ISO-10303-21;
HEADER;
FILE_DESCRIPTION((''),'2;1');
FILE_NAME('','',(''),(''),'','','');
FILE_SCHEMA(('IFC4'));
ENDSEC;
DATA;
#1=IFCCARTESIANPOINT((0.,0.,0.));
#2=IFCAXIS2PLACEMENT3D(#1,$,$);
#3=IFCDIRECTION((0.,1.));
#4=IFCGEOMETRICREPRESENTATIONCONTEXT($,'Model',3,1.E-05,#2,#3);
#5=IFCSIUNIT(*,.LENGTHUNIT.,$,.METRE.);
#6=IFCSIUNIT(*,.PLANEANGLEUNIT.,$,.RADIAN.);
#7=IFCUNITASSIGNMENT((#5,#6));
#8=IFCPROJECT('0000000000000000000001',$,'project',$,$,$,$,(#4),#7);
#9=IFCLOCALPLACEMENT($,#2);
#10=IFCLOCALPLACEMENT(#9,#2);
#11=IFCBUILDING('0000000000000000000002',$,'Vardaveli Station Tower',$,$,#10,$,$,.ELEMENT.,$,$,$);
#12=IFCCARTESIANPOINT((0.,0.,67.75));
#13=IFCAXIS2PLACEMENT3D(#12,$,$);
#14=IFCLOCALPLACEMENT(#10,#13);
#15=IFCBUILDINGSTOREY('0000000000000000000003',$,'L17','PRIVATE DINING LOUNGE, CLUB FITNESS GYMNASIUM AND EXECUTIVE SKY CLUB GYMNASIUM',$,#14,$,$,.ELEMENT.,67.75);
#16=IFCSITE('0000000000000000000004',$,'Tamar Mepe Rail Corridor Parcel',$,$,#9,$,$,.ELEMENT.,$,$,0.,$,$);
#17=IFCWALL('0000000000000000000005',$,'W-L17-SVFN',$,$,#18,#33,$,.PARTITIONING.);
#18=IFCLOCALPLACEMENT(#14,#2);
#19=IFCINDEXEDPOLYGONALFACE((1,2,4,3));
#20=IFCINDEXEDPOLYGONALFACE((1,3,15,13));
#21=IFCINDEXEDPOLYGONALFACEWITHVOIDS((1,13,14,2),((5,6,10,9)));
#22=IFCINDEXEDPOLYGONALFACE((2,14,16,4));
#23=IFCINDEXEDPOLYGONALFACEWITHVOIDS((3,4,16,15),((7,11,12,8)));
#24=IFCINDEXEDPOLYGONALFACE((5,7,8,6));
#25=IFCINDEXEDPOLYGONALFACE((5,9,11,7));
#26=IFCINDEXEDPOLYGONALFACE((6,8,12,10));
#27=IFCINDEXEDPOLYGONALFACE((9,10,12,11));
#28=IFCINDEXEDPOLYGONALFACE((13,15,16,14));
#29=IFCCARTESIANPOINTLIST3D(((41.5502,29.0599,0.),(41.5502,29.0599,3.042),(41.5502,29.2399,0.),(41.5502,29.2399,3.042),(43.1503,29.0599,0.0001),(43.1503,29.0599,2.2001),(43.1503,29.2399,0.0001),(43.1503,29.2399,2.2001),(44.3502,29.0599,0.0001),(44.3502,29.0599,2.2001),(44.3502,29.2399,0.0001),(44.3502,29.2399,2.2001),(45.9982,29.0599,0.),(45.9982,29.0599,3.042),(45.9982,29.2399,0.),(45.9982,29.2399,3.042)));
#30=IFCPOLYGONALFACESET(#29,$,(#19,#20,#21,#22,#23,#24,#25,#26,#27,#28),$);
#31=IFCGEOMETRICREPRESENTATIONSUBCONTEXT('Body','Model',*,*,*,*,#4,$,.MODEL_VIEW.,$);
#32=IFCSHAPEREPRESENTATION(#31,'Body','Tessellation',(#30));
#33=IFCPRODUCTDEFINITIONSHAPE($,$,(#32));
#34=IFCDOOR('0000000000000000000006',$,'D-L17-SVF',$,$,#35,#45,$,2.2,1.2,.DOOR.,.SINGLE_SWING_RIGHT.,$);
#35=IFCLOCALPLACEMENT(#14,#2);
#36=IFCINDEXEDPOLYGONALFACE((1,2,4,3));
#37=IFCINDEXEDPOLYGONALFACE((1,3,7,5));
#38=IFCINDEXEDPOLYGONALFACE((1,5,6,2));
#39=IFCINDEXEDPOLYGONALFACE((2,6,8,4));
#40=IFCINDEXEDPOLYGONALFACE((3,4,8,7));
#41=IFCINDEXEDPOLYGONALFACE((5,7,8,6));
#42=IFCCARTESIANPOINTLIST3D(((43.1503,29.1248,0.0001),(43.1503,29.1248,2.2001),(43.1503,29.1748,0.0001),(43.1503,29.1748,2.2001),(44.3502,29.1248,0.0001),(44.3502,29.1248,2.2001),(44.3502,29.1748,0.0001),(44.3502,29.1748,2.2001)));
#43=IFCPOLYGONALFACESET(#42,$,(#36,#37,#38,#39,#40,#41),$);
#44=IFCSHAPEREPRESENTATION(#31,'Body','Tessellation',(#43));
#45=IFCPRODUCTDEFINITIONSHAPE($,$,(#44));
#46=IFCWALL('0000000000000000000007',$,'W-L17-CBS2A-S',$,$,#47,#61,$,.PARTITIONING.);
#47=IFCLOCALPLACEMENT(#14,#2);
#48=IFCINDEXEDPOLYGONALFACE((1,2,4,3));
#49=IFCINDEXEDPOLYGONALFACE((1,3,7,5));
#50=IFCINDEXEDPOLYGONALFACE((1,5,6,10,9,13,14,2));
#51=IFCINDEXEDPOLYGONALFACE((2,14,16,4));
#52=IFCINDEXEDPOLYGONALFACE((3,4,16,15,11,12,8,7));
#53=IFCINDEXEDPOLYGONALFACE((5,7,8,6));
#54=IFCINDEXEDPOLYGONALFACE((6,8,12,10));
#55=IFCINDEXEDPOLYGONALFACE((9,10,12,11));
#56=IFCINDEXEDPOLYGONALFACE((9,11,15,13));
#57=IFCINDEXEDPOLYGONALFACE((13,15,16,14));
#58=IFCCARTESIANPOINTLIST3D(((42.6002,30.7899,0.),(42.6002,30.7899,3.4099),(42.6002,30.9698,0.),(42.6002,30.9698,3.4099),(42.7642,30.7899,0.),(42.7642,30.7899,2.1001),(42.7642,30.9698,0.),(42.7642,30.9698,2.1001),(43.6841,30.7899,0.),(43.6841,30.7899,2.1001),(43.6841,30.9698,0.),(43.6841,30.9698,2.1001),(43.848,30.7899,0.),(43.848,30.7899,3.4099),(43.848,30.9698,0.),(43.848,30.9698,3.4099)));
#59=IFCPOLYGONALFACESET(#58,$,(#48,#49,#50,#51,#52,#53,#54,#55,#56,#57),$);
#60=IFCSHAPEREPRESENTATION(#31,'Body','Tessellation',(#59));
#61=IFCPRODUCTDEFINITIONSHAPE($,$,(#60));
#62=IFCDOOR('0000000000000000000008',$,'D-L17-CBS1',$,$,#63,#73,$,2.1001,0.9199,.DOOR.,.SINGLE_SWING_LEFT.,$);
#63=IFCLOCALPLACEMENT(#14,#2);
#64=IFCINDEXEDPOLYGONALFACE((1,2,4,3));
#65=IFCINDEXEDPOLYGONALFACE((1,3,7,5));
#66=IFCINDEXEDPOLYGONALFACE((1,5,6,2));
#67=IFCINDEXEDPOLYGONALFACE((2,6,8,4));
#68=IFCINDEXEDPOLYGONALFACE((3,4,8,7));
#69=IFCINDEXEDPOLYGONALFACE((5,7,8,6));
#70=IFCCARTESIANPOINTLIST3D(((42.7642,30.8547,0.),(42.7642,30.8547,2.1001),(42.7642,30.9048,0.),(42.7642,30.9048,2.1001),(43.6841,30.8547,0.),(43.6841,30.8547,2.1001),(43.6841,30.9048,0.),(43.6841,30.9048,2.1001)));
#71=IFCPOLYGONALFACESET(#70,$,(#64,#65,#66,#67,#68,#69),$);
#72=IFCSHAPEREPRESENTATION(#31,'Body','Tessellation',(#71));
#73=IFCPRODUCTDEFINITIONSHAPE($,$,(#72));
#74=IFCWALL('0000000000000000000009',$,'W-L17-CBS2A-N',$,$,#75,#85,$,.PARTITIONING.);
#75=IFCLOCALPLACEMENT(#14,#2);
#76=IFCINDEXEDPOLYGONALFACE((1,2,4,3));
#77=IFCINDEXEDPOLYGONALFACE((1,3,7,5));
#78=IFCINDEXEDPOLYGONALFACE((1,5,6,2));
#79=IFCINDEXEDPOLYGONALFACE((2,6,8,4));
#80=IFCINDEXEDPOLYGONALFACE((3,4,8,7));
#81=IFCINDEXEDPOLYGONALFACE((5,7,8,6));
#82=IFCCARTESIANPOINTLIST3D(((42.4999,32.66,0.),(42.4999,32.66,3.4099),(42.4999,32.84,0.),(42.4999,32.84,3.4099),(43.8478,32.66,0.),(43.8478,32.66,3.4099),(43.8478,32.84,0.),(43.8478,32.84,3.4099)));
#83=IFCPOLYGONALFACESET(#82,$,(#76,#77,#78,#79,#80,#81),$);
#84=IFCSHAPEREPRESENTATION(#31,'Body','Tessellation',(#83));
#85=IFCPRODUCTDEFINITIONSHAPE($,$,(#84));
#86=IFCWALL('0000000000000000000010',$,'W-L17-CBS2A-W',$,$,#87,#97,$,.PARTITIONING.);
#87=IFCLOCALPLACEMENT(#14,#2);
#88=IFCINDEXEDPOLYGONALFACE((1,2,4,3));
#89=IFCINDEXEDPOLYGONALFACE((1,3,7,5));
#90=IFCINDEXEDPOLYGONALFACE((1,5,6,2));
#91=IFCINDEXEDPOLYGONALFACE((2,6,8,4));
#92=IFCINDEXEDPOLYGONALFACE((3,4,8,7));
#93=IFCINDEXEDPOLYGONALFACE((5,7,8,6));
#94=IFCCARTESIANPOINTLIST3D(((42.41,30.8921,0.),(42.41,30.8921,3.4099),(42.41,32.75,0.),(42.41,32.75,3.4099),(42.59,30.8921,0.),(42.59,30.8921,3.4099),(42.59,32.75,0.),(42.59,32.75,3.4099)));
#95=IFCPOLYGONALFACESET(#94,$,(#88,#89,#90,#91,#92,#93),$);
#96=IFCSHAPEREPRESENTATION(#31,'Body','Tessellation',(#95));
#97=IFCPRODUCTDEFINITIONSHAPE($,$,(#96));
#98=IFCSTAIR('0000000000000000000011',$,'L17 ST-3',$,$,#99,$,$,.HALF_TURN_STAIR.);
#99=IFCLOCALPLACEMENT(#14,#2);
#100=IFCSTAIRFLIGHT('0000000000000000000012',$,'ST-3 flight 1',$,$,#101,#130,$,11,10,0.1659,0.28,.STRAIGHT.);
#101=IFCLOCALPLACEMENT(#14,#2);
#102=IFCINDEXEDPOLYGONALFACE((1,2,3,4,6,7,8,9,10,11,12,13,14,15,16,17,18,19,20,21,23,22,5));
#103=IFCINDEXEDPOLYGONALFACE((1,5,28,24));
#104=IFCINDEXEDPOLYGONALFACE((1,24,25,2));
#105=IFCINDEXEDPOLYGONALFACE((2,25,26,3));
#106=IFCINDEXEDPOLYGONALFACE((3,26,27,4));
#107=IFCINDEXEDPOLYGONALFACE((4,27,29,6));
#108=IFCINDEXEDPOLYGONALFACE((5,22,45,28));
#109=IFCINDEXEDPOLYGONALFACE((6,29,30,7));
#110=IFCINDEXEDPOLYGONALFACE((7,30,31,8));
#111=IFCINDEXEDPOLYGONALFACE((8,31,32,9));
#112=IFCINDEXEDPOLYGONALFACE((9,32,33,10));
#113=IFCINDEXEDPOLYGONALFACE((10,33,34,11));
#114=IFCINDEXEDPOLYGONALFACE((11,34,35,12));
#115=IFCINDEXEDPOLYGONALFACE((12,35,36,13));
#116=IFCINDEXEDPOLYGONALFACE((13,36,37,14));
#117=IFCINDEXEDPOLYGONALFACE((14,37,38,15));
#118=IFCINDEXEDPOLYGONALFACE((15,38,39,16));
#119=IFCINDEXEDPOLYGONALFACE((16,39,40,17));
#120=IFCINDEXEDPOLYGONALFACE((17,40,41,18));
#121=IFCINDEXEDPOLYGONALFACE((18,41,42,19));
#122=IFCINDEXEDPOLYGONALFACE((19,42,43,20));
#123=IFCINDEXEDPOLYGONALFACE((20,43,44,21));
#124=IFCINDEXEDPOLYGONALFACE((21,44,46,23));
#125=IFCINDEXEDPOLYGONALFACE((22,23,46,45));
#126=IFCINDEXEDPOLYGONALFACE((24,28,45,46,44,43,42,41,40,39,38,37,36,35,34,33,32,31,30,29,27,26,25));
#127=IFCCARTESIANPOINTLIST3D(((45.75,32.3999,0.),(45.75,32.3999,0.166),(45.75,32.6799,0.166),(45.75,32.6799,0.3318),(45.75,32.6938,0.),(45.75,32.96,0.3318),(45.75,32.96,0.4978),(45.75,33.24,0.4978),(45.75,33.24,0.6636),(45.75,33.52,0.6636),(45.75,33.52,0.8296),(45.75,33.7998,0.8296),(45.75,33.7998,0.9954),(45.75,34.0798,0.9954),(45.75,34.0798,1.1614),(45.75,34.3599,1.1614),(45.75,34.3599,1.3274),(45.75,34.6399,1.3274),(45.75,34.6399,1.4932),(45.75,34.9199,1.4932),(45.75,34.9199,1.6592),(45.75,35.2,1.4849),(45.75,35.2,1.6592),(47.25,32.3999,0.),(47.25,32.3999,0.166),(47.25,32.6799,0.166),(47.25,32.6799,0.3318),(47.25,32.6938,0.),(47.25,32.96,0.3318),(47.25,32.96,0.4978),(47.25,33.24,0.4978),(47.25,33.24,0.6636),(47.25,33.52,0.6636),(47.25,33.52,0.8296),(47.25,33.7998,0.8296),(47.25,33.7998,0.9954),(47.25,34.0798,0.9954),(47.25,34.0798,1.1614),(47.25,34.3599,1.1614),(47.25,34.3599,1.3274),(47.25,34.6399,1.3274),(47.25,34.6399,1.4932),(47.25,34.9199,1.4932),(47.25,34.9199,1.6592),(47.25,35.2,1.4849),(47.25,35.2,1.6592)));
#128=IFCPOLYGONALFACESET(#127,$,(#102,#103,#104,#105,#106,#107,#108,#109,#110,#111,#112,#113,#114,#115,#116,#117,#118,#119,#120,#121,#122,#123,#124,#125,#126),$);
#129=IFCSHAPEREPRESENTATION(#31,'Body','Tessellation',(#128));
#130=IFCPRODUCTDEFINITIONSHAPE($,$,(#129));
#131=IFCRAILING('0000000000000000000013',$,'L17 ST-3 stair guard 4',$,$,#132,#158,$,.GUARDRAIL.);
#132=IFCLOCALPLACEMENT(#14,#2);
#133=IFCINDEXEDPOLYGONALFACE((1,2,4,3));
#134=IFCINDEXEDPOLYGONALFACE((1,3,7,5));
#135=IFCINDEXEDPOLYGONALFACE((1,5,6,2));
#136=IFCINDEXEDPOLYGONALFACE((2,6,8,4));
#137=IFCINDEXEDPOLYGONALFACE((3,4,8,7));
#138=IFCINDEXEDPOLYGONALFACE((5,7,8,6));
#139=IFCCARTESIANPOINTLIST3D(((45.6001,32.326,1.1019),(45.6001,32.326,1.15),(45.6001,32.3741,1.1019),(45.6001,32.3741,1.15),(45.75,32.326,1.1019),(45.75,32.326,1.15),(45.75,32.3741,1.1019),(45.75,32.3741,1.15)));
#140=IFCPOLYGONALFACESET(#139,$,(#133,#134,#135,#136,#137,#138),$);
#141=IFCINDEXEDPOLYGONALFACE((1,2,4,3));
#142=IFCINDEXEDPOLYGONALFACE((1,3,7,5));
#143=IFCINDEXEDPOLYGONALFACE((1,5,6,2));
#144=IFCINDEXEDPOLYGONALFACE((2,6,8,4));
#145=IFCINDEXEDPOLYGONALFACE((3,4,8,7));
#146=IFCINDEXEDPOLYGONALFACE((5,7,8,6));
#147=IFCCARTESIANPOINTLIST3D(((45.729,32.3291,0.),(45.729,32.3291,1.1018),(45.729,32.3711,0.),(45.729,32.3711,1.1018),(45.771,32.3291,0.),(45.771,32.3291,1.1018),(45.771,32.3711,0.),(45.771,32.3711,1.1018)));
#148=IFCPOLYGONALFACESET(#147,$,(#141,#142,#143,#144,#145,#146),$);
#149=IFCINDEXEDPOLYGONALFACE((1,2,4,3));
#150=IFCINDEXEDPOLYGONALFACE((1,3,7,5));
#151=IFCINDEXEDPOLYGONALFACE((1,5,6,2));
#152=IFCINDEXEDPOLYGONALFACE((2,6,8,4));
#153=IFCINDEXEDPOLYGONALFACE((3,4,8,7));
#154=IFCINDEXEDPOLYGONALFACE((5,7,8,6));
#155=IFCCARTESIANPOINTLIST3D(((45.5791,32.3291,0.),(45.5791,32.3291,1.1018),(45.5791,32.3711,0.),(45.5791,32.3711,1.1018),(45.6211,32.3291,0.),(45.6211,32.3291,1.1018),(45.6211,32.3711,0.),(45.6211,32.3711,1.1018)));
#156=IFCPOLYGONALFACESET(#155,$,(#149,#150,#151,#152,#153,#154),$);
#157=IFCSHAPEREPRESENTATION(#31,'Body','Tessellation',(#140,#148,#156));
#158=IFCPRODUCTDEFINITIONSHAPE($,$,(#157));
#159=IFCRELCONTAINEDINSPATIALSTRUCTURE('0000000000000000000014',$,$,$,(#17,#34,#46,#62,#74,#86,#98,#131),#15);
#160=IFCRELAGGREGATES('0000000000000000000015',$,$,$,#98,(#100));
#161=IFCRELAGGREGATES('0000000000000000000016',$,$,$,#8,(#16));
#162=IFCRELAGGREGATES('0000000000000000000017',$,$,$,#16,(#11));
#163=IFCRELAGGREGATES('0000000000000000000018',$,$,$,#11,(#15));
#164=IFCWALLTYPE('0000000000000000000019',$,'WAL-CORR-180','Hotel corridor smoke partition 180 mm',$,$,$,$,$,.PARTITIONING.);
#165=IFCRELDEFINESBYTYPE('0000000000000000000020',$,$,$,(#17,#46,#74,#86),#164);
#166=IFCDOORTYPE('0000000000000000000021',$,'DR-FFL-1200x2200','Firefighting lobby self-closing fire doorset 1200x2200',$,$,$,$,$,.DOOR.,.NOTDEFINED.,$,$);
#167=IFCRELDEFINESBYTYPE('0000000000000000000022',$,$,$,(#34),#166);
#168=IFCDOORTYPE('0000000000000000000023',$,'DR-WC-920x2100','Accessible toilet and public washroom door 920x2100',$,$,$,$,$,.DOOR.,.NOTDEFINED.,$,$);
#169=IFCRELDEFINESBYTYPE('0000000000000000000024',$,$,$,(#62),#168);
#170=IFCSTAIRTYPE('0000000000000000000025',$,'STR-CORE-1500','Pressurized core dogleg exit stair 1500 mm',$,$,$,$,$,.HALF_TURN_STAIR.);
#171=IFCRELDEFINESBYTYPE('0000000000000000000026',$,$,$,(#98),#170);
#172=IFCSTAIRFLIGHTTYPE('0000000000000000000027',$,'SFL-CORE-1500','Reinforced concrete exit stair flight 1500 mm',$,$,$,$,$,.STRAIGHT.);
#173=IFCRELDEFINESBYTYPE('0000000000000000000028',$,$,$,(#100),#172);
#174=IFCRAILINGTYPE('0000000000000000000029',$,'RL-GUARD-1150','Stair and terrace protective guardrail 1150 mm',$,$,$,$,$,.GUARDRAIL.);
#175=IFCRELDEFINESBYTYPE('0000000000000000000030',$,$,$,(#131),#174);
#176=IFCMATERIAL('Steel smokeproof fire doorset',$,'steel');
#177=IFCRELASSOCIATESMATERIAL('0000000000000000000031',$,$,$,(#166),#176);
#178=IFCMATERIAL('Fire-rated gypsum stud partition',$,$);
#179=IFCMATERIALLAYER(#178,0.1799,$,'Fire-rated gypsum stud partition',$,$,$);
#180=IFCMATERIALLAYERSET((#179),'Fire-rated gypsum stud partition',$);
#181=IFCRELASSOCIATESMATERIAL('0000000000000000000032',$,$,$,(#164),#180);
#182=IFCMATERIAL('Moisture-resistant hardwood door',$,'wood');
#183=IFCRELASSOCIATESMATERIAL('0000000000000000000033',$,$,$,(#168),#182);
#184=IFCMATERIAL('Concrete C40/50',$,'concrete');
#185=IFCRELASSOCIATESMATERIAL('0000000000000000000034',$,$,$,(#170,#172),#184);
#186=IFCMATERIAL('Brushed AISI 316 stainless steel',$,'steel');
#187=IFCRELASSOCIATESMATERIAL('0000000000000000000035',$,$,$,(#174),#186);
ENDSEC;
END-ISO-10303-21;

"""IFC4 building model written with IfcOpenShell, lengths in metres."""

from ifc_helpers import new_model, si_unit, direction, frame, frame_2d, origin, origin_2d, place, context, subcontext, project, spatial, polyline, rectangle, outline, extrude, source, transform, mapped, material, layer, layer_set, type_object, element, fill, aggregate, save


model = new_model("IFC4")

# Units and contexts
model_context = context("Model", 3, precision=1e-05, world=origin(), true_north=direction((0.0, 1.0)))
body_context = subcontext(model_context, "Body", "Model", "MODEL_VIEW")
ifc_project = project(units=[si_unit("LENGTHUNIT", "METRE"), si_unit("PLANEANGLEUNIT", "RADIAN")], contexts=[model_context])

# Site, building, storey
site_placement = place(None, origin())
site = spatial("IfcSite", under=ifc_project, at=site_placement, Name="Tamar Mepe Rail Corridor Parcel", CompositionType="ELEMENT", RefElevation=0.0)
building_placement = place(site_placement, origin())
building = spatial("IfcBuilding", under=site, at=building_placement, Name="Vardaveli Station Tower", CompositionType="ELEMENT")
storey_placement = place(building_placement, frame((0.0, 0.0, 67.75)))
storey = spatial("IfcBuildingStorey", under=building, at=storey_placement, Name="L17", Description="PRIVATE DINING LOUNGE, CLUB FITNESS GYMNASIUM AND EXECUTIVE SKY CLUB GYMNASIUM", CompositionType="ELEMENT", Elevation=67.75)

# Shared definitions
ifc_material_1 = material(Name="Concrete C40/50", Category="concrete")

# Walls, openings, doors
ifc_material_2 = material(Name="Steel smokeproof fire doorset", Category="steel")
door_type_1 = type_object("IfcDoorType", Name="DR-FFL-1200x2200", Description="Firefighting lobby self-closing fire doorset 1200x2200", OperationType="NOTDEFINED", PredefinedType="DOOR", material=ifc_material_2)
shared_shape_1 = source(origin(), body_context, "Body", "SweptSolid", [
    extrude(rectangle(XDim=1.2, YDim=2.2, at=frame_2d((0.6001, 1.1001))), frame((0.0, 0.0249, 0.0), z_axis=(0.0, -1.0, 0.0), x_axis=(1.0, 0.0, 0.0)), (0.0, 0.0, 1.0), 0.05),
])
ifc_material_3 = material(Name="Fire-rated gypsum stud partition")
ifc_layer_1 = layer(ifc_material_3, 0.1799, Name="Fire-rated gypsum stud partition")
ifc_layer_set_1 = layer_set([ifc_layer_1], Name="Fire-rated gypsum stud partition")
wall_type_1 = type_object("IfcWallType", Name="WAL-CORR-180", Description="Hotel corridor smoke partition 180 mm", PredefinedType="PARTITIONING", material=ifc_layer_set_1)
shared_shape_2 = source(origin(), body_context, "Body", "SweptSolid", [
    extrude(rectangle(XDim=4.448, YDim=0.1799, at=frame_2d((2.2241, 0.0))), origin(), (0.0, 0.0, 1.0), 3.042),
])
wall_1_placement = place(storey_placement, frame((41.55, 29.1499, 0.0), z_axis=(0.0, 0.0, 1.0), x_axis=(1.0, 0.0, 0.0)))
wall_1 = element("IfcWall", 1, at=wall_1_placement, inside=storey, type_object=wall_type_1, Name="W-L17-SVFN", PredefinedType="PARTITIONING", context=body_context, shape_type="MappedRepresentation", body=[
    mapped(shared_shape_2, transform((0.0, 0.0, 0.0), scale=1.0)),
])
shared_shape_3 = source(origin(), body_context, "Body", "SweptSolid", [
    extrude(rectangle(XDim=1.2, YDim=2.2, at=frame_2d((0.6001, 1.1001))), frame((0.0, 0.1001, 0.0), z_axis=(0.0, -1.0, 0.0), x_axis=(1.0, 0.0, 0.0)), (0.0, 0.0, 1.0), 0.2),
])
opening_1_placement = place(wall_1_placement, frame((1.6001, 0.0, 0.0)))
opening_1 = element("IfcOpeningElement", 2, at=opening_1_placement, cuts=wall_1, PredefinedType="OPENING", context=body_context, shape_type="MappedRepresentation", body=[
    mapped(shared_shape_3, transform((0.0, 0.0, 0.0), scale=1.0)),
])
door_1_placement = place(opening_1_placement, origin())
door_1 = element("IfcDoor", 3, at=door_1_placement, inside=storey, type_object=door_type_1, Name="D-L17-SVF", OperationType="SINGLE_SWING_RIGHT", OverallHeight=2.2, OverallWidth=1.2, PredefinedType="DOOR", context=body_context, shape_type="MappedRepresentation", body=[
    mapped(shared_shape_1, transform((0.0, 0.0, 0.0), scale=1.0)),
])
fill(opening_1, door_1)
shared_shape_4 = source(origin(), body_context, "Body", "SweptSolid", [
    extrude(rectangle(XDim=1.2478, YDim=0.1799, at=frame_2d((0.624, 0.0))), origin(), (0.0, 0.0, 1.0), 3.4099),
])
wall_2_placement = place(storey_placement, frame((42.6001, 30.8799, 0.0), z_axis=(0.0, 0.0, 1.0), x_axis=(1.0, 0.0, 0.0)))
wall_2 = element("IfcWall", 4, at=wall_2_placement, inside=storey, type_object=wall_type_1, Name="W-L17-CBS2A-S", PredefinedType="PARTITIONING", context=body_context, shape_type="MappedRepresentation", body=[
    mapped(shared_shape_4, transform((0.0, 0.0, 0.0), scale=1.0)),
])
shared_shape_5 = source(origin(), body_context, "Body", "SweptSolid", [
    extrude(rectangle(XDim=0.9199, YDim=2.1001, at=frame_2d((0.46, 1.05))), frame((0.0, 0.1001, 0.0), z_axis=(0.0, -1.0, 0.0), x_axis=(1.0, 0.0, 0.0)), (0.0, 0.0, 1.0), 0.2),
])
opening_2_placement = place(wall_2_placement, frame((0.1641, 0.0, 0.0)))
opening_2 = element("IfcOpeningElement", 5, at=opening_2_placement, cuts=wall_2, PredefinedType="OPENING", context=body_context, shape_type="MappedRepresentation", body=[
    mapped(shared_shape_5, transform((0.0, 0.0, 0.0), scale=1.0)),
])
ifc_material_4 = material(Name="Moisture-resistant hardwood door", Category="wood")
door_type_2 = type_object("IfcDoorType", Name="DR-WC-920x2100", Description="Accessible toilet and public washroom door 920x2100", OperationType="NOTDEFINED", PredefinedType="DOOR", material=ifc_material_4)
shared_shape_6 = source(origin(), body_context, "Body", "SweptSolid", [
    extrude(rectangle(XDim=0.9199, YDim=2.1001, at=frame_2d((0.46, 1.05))), frame((0.0, 0.0249, 0.0), z_axis=(0.0, -1.0, 0.0), x_axis=(1.0, 0.0, 0.0)), (0.0, 0.0, 1.0), 0.05),
])
door_2_placement = place(opening_2_placement, origin())
door_2 = element("IfcDoor", 6, at=door_2_placement, inside=storey, type_object=door_type_2, Name="D-L17-CBS1", OperationType="SINGLE_SWING_LEFT", OverallHeight=2.1001, OverallWidth=0.9199, PredefinedType="DOOR", context=body_context, shape_type="MappedRepresentation", body=[
    mapped(shared_shape_6, transform((0.0, 0.0, 0.0), scale=1.0)),
])
fill(opening_2, door_2)

# Walls
shared_shape_7 = source(origin(), body_context, "Body", "SweptSolid", [
    extrude(rectangle(XDim=1.3479, YDim=0.1799, at=frame_2d((0.6738, 0.0))), origin(), (0.0, 0.0, 1.0), 3.4099),
])
wall_3_placement = place(storey_placement, frame((42.5, 32.75, 0.0), z_axis=(0.0, 0.0, 1.0), x_axis=(1.0, 0.0, 0.0)))
element("IfcWall", 7, at=wall_3_placement, inside=storey, type_object=wall_type_1, Name="W-L17-CBS2A-N", PredefinedType="PARTITIONING", context=body_context, shape_type="MappedRepresentation", body=[
    mapped(shared_shape_7, transform((0.0, 0.0, 0.0), scale=1.0)),
])
shared_shape_8 = source(origin(), body_context, "Body", "SweptSolid", [
    extrude(rectangle(XDim=1.8579, YDim=0.1799, at=frame_2d((0.929, 0.0))), origin(), (0.0, 0.0, 1.0), 3.4099),
])
wall_4_placement = place(storey_placement, frame((42.5, 30.8921, 0.0), z_axis=(0.0, 0.0, 1.0), x_axis=(0.0, 1.0, 0.0)))
element("IfcWall", 8, at=wall_4_placement, inside=storey, type_object=wall_type_1, Name="W-L17-CBS2A-W", PredefinedType="PARTITIONING", context=body_context, shape_type="MappedRepresentation", body=[
    mapped(shared_shape_8, transform((0.0, 0.0, 0.0), scale=1.0)),
])

# Stair, stair flight
stair_type = type_object("IfcStairType", Name="STR-CORE-1500", Description="Pressurized core dogleg exit stair 1500 mm", PredefinedType="HALF_TURN_STAIR", material=ifc_material_1)
stair_placement = place(storey_placement, origin())
stair = element("IfcStair", 9, at=stair_placement, inside=storey, type_object=stair_type, Name="L17 ST-3", PredefinedType="HALF_TURN_STAIR")
stair_flight_type = type_object("IfcStairFlightType", Name="SFL-CORE-1500", Description="Reinforced concrete exit stair flight 1500 mm", PredefinedType="STRAIGHT", material=ifc_material_1)
shared_shape_9 = source(origin(), body_context, "Body", "SweptSolid", [
    extrude(outline(polyline([(0.0, 0.0), (0.0, 0.166), (0.28, 0.166), (0.28, 0.3318), (0.5601, 0.3318), (0.5601, 0.4978), (0.8401, 0.4978), (0.8401, 0.6636), (1.1201, 0.6636), (1.1201, 0.8296), (1.3999, 0.8296), (1.3999, 0.9954), (1.6799, 0.9954), (1.6799, 1.1614), (1.96, 1.1614), (1.96, 1.3274), (2.24, 1.3274), (2.24, 1.4932), (2.52, 1.4932), (2.52, 1.6592), (2.8, 1.6592), (2.8, 1.825), (2.8, 1.4849), (0.2939, 0.0), (0.0, 0.0)])), frame((0.0, 0.75, 0.0), z_axis=(0.0, -1.0, 0.0), x_axis=(1.0, 0.0, 0.0)), (0.0, 0.0, 1.0), 1.5),
])
stair_flight_placement = place(storey_placement, frame((46.5, 32.3999, 0.0), z_axis=(0.0, 0.0, 1.0), x_axis=(0.0, 1.0, 0.0)))
stair_flight = element("IfcStairFlight", 10, at=stair_flight_placement, type_object=stair_flight_type, Name="ST-3 flight 1", NumberOfRisers=11, NumberOfTreads=10, PredefinedType="STRAIGHT", RiserHeight=0.1659, TreadLength=0.28, context=body_context, shape_type="MappedRepresentation", body=[
    mapped(shared_shape_9, transform((0.0, 0.0, 0.0), scale=1.0)),
])
aggregate(stair, [stair_flight])

# Railing
ifc_material_5 = material(Name="Brushed AISI 316 stainless steel", Category="steel")
railing_type_1 = type_object("IfcRailingType", Name="RL-GUARD-1150", Description="Stair and terrace protective guardrail 1150 mm", PredefinedType="GUARDRAIL", material=ifc_material_5)
shared_shape_10 = source(origin(), body_context, "Body", "SweptSolid", [
    extrude(rectangle(XDim=0.0481, YDim=0.0481, at=origin_2d()), frame((0.0, 0.0, 1.126), z_axis=(-1.0, 0.0, 0.0), x_axis=(0.0, -1.0, 0.0)), (0.0, 0.0, 1.0), 0.1499),
    extrude(rectangle(XDim=0.042, YDim=0.042, at=origin_2d()), origin(), (0.0, 0.0, 1.0), 1.1018),
    extrude(rectangle(XDim=0.042, YDim=0.042, at=origin_2d()), frame((-0.1499, 0.0, 0.0)), (0.0, 0.0, 1.0), 1.1018),
])
railing_1_placement = place(storey_placement, frame((45.75, 32.3501, 0.0)))
element("IfcRailing", 11, at=railing_1_placement, inside=storey, type_object=railing_type_1, Name="L17 ST-3 stair guard 4", PredefinedType="GUARDRAIL", context=body_context, shape_type="MappedRepresentation", body=[
    mapped(shared_shape_10, transform((0.0, 0.0, 0.0), scale=1.0)),
])

save(model, "model.ifc")
